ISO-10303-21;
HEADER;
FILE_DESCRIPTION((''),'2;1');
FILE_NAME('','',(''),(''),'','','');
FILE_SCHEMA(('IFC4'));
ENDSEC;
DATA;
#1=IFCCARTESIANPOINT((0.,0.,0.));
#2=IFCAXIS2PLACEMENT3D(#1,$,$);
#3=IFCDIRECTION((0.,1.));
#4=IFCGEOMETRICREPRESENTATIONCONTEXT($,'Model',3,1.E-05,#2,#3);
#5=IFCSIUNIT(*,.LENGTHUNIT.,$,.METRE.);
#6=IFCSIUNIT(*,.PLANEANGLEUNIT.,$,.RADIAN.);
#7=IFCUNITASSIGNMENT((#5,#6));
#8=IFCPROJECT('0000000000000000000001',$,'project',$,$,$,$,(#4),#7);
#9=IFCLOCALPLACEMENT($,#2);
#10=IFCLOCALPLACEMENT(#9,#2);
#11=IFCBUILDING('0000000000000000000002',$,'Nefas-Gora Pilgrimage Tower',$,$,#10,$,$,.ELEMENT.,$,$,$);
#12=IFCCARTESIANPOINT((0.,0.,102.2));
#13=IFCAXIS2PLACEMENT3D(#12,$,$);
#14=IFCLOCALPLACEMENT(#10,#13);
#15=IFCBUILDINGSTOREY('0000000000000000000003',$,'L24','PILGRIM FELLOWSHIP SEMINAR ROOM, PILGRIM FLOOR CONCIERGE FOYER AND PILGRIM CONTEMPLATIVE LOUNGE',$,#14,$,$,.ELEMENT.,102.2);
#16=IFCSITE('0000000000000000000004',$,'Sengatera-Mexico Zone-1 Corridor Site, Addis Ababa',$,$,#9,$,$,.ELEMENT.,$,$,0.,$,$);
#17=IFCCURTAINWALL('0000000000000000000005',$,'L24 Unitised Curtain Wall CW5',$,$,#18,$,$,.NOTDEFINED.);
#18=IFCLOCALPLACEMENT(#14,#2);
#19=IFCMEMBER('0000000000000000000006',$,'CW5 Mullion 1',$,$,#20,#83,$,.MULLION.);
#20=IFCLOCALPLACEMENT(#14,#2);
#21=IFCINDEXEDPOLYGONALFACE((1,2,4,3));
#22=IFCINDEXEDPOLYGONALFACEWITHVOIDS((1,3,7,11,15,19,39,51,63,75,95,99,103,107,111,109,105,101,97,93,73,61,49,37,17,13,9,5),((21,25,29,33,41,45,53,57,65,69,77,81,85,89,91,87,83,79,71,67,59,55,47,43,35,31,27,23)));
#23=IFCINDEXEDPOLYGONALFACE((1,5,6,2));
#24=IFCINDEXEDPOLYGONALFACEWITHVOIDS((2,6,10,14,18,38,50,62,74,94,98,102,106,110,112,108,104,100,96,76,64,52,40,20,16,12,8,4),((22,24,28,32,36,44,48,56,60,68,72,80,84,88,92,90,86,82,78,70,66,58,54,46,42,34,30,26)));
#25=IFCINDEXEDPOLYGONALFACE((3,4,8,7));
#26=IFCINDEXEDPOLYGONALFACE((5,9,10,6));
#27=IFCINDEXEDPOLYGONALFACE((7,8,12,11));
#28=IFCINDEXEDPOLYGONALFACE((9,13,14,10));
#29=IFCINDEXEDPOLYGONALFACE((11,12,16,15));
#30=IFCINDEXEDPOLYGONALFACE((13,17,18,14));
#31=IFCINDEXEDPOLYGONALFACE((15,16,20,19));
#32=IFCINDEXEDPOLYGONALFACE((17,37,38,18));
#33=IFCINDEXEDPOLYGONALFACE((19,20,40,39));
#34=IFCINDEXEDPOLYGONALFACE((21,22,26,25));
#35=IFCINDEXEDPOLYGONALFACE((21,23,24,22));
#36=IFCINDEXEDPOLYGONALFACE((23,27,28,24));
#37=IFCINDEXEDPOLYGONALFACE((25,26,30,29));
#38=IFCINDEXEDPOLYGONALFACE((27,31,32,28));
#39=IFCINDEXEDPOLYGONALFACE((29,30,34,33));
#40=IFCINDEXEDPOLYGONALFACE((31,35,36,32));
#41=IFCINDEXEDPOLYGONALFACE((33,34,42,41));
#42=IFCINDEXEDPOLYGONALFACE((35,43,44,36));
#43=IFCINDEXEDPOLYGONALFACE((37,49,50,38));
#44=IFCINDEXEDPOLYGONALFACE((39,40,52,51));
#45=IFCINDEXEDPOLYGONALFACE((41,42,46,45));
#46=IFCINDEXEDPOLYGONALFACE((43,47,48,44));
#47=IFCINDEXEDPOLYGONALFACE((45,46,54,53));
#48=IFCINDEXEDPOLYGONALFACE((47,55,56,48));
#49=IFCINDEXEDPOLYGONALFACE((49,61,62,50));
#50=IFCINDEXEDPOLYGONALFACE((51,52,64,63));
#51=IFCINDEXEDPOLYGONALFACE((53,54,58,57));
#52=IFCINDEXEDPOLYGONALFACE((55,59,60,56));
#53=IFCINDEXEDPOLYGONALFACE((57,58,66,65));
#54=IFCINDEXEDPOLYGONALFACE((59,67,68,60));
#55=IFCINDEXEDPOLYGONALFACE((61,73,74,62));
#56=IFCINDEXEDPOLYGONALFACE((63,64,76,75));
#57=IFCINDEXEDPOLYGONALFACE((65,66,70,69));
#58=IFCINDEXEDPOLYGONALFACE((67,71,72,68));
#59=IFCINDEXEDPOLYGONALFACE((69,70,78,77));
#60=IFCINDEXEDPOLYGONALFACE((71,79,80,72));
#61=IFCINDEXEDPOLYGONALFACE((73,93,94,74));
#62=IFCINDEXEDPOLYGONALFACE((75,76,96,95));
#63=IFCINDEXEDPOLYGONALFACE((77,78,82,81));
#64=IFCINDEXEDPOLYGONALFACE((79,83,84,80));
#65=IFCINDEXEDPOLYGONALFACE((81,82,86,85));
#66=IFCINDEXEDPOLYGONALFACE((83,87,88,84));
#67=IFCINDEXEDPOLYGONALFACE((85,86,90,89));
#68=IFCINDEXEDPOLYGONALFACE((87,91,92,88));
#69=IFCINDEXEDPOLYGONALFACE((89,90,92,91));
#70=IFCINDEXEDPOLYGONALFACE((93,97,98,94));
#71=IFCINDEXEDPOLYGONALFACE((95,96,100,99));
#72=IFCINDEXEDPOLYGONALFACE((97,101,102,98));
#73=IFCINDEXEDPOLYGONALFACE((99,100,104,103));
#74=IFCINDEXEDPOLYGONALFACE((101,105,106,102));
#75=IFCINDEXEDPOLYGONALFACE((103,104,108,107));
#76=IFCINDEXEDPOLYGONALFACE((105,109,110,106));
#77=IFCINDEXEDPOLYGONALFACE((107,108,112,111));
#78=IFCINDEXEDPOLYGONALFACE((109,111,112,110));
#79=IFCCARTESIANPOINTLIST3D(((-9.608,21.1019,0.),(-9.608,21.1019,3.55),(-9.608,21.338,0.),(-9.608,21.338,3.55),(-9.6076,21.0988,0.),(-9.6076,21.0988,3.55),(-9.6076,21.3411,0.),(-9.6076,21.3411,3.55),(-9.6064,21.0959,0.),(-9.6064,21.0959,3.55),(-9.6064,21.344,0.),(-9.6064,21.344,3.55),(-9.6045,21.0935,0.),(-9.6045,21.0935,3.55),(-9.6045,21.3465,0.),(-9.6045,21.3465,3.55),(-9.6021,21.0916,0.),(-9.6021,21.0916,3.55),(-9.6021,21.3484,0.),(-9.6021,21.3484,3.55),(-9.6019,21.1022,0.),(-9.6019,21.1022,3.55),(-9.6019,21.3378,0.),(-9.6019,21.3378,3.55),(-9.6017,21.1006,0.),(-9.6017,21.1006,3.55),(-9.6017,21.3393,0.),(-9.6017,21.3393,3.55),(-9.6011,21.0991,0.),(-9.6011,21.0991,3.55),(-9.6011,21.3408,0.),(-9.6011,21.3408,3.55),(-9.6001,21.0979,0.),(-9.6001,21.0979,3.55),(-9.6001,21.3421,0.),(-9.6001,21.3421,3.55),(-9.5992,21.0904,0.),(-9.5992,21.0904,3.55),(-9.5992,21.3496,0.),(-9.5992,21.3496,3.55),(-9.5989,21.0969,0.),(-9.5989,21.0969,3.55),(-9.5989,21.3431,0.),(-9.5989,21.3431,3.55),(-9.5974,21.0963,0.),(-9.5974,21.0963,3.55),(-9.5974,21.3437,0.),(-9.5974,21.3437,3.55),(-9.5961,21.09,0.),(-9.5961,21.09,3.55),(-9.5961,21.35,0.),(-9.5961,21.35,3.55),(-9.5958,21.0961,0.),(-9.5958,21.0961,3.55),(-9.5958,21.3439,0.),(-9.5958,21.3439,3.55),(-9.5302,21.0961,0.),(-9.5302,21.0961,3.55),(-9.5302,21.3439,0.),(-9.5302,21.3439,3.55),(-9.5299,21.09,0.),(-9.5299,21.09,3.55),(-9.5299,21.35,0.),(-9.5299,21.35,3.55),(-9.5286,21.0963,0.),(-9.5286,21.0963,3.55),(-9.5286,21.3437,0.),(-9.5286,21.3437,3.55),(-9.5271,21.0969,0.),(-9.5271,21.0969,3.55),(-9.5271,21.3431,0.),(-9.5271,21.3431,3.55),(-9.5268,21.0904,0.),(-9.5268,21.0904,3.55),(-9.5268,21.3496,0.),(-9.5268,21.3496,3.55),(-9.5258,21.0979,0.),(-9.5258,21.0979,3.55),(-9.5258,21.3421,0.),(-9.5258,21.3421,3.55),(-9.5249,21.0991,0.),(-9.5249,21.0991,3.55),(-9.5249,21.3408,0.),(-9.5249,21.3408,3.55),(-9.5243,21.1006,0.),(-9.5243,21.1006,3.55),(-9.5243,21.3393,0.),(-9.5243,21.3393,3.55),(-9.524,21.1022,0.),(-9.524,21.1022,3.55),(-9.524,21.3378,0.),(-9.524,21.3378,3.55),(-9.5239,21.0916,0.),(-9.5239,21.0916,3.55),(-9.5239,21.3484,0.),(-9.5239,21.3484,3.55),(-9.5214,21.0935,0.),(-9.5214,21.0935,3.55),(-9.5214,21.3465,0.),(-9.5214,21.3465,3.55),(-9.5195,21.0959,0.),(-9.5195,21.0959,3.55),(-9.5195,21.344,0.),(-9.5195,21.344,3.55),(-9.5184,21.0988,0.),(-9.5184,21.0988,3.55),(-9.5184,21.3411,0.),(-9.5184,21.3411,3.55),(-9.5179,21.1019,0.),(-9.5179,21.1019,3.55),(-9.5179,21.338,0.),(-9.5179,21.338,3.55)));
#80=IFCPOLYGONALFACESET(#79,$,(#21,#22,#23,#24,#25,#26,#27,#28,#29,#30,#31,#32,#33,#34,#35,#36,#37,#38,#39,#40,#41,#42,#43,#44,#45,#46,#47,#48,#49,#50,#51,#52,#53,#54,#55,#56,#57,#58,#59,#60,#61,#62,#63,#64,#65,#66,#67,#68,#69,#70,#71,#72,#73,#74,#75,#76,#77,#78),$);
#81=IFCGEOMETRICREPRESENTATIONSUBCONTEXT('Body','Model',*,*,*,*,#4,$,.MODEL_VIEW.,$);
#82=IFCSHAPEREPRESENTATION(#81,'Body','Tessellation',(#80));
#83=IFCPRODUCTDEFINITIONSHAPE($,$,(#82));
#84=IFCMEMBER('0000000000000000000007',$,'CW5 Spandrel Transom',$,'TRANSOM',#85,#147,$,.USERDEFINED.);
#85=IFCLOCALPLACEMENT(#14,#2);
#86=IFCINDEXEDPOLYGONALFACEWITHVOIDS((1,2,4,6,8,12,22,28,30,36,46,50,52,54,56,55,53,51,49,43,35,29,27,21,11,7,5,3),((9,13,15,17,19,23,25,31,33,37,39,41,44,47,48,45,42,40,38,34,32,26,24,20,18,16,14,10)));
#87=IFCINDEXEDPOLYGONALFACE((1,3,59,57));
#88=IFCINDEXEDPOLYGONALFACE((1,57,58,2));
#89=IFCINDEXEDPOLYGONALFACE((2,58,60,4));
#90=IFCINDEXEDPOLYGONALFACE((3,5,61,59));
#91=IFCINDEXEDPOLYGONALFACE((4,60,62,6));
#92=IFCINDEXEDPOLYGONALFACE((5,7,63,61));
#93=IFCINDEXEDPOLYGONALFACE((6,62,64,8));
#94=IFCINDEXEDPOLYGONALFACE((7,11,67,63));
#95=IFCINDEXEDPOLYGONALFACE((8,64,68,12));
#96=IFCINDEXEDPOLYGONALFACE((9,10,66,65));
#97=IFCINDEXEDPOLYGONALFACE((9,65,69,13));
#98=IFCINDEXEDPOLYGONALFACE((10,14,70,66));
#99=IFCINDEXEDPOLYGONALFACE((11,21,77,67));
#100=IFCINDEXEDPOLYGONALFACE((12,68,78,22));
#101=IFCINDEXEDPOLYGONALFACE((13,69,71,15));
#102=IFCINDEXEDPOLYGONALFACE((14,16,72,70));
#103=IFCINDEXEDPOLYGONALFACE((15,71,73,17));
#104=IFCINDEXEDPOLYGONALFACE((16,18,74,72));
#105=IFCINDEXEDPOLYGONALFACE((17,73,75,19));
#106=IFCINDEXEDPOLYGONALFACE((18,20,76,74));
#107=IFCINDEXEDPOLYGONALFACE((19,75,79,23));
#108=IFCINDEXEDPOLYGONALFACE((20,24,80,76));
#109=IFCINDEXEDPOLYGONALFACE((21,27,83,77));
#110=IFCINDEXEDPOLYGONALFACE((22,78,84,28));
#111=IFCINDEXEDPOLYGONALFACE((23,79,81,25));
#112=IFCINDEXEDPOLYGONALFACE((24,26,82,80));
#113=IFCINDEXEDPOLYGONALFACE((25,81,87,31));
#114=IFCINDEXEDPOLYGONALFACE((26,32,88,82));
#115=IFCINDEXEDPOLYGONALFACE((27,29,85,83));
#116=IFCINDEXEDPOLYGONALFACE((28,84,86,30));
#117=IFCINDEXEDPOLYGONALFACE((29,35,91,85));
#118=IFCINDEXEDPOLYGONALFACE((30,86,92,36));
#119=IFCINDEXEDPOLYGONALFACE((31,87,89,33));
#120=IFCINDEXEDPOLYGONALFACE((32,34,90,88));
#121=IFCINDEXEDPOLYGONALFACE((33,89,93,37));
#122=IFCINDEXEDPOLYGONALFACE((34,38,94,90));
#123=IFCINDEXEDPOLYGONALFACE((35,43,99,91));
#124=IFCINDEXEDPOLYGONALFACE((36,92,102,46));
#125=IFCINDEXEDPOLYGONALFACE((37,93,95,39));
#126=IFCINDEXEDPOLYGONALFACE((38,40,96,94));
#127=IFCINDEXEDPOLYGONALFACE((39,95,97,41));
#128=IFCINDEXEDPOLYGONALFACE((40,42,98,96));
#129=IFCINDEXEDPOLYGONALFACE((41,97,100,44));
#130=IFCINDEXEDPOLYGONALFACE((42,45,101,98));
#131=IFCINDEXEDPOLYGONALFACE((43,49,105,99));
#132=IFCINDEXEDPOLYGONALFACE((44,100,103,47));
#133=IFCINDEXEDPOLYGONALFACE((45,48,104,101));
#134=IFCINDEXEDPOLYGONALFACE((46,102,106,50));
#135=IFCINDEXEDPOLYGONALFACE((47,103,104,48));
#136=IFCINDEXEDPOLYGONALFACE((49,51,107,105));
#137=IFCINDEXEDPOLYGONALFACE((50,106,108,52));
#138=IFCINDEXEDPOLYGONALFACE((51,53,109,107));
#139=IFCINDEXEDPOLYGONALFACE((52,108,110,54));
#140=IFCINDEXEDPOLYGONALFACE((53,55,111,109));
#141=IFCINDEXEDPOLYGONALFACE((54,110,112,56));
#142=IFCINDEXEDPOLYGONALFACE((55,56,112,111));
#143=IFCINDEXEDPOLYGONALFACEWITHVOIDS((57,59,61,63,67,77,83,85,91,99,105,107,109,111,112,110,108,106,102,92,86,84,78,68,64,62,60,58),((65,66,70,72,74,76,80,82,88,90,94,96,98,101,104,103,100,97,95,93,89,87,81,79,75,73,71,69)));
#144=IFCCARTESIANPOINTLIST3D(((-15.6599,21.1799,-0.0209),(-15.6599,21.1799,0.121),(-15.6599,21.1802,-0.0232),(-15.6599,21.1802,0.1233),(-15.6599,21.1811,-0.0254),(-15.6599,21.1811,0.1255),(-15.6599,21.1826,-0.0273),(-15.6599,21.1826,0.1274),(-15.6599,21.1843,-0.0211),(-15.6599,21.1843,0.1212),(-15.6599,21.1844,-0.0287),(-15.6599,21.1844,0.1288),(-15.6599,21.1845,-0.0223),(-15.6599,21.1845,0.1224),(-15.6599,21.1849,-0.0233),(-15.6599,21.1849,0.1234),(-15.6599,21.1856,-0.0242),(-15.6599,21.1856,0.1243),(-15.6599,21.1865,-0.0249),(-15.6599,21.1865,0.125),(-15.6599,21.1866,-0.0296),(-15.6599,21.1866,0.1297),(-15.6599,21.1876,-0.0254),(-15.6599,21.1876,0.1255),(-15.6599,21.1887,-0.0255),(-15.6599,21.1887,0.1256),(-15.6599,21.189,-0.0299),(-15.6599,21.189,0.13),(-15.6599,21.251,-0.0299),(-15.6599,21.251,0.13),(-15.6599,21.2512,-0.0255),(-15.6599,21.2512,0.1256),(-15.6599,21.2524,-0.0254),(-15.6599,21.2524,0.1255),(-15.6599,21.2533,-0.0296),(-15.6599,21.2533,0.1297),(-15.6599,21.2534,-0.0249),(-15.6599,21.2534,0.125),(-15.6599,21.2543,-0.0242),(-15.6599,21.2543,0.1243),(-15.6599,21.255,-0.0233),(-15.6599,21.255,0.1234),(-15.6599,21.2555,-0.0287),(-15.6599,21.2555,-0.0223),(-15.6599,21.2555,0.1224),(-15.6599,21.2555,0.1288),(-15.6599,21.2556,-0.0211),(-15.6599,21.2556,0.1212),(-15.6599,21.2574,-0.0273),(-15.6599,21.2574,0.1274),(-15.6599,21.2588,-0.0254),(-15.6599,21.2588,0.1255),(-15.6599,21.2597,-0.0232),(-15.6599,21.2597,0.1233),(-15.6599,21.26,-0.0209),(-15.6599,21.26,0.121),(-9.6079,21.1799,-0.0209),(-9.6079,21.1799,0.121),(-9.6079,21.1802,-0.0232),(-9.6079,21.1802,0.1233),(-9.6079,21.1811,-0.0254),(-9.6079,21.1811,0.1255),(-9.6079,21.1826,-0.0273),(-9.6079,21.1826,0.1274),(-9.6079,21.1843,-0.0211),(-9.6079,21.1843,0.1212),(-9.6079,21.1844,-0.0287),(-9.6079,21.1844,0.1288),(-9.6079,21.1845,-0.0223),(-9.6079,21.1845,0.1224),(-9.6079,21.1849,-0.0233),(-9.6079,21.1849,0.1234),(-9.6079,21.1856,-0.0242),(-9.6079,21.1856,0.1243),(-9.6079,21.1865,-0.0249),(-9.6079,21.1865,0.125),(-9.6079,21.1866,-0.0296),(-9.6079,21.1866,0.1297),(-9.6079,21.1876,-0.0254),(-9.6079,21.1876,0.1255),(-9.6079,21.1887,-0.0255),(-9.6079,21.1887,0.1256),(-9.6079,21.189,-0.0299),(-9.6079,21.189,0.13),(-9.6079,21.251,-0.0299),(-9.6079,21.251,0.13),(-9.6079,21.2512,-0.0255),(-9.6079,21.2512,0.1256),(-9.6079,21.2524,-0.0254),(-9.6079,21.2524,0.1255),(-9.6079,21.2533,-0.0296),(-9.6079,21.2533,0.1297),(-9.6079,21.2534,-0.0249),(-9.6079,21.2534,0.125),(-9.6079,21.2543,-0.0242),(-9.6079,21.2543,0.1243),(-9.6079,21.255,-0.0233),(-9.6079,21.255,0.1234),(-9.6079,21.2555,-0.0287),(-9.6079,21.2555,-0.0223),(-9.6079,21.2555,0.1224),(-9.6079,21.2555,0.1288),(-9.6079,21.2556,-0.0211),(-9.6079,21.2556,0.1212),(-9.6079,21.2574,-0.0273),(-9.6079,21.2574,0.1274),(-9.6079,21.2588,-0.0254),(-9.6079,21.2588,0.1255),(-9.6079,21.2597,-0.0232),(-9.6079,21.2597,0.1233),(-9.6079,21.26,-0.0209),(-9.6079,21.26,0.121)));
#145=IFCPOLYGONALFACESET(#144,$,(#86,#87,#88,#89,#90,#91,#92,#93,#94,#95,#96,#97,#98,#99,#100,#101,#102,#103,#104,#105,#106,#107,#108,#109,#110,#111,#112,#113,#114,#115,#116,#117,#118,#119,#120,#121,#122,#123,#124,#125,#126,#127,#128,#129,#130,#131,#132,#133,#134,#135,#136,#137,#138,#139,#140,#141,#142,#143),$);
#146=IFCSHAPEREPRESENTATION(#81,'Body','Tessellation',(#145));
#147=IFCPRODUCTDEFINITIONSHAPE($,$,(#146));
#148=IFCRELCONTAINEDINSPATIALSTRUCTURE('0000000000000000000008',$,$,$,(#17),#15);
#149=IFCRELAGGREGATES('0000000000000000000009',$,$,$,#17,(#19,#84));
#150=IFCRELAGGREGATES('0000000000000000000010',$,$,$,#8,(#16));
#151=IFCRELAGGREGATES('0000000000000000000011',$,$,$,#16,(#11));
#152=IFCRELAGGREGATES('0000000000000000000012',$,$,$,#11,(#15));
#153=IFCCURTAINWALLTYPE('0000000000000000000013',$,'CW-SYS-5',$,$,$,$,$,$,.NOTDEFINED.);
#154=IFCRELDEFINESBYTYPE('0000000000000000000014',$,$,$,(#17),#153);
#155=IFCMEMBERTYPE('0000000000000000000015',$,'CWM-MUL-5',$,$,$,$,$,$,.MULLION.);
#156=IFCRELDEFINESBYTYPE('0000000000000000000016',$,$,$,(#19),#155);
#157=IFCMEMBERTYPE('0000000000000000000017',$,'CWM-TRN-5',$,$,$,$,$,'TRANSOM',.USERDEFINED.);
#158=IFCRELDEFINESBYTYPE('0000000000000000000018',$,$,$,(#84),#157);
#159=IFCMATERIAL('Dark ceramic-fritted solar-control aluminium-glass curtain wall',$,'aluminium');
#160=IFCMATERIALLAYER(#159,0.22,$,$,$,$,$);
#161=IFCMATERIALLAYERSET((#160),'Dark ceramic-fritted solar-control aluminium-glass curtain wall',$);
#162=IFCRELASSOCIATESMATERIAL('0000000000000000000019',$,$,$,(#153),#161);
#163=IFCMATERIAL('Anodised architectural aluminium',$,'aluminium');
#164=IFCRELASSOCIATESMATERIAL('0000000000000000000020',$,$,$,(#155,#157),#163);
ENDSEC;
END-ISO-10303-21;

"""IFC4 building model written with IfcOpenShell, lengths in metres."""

from ifc_helpers import new_model, si_unit, direction, frame, origin, origin_2d, place, context, subcontext, project, spatial, hollow_rectangle, extrude, source, transform, mapped, material, layer, layer_set, material_profile, profile_set, type_object, element, aggregate, save


model = new_model("IFC4")

# Units and contexts
model_context = context("Model", 3, precision=1e-05, world=origin(), true_north=direction((0.0, 1.0)))
body_context = subcontext(model_context, "Body", "Model", "MODEL_VIEW")
ifc_project = project(units=[si_unit("LENGTHUNIT", "METRE"), si_unit("PLANEANGLEUNIT", "RADIAN")], contexts=[model_context])

# Site, building, storey
site_placement = place(None, origin())
site = spatial("IfcSite", under=ifc_project, at=site_placement, Name="Sengatera-Mexico Zone-1 Corridor Site, Addis Ababa", CompositionType="ELEMENT", RefElevation=0.0)
building_placement = place(site_placement, origin())
building = spatial("IfcBuilding", under=site, at=building_placement, Name="Nefas-Gora Pilgrimage Tower", CompositionType="ELEMENT")
storey_placement = place(building_placement, frame((0.0, 0.0, 102.2)))
storey = spatial("IfcBuildingStorey", under=building, at=storey_placement, Name="L24", Description="PILGRIM FELLOWSHIP SEMINAR ROOM, PILGRIM FLOOR CONCIERGE FOYER AND PILGRIM CONTEMPLATIVE LOUNGE", CompositionType="ELEMENT", Elevation=102.2)

# Curtain wall, members
ifc_material_1 = material(Name="Dark ceramic-fritted solar-control aluminium-glass curtain wall", Category="aluminium")
ifc_layer_1 = layer(ifc_material_1, 0.22)
ifc_layer_set_1 = layer_set([ifc_layer_1], Name="Dark ceramic-fritted solar-control aluminium-glass curtain wall")
curtain_wall_type = type_object("IfcCurtainWallType", Name="CW-SYS-5", PredefinedType="NOTDEFINED", material=ifc_layer_set_1)
ifc_material_2 = material(Name="Anodised architectural aluminium", Category="aluminium")
ifc_material_profile_1 = material_profile(ifc_material_2, hollow_rectangle(XDim=0.0901, YDim=0.26, WallThickness=0.0061, InnerFilletRadius=0.0061, OuterFilletRadius=0.012, at=origin_2d()), Name="ALU MULLION 90x260")
ifc_profile_set_1 = profile_set([ifc_material_profile_1], Name="Anodised architectural aluminium")
member_type_1 = type_object("IfcMemberType", Name="CWM-MUL-5", PredefinedType="MULLION", material=ifc_profile_set_1)
shared_shape_1 = source(origin(), body_context, "Body", "SweptSolid", [
    extrude(hollow_rectangle(XDim=0.0901, YDim=0.26, WallThickness=0.0061, InnerFilletRadius=0.0061, OuterFilletRadius=0.012, at=origin_2d()), origin(), (0.0, 0.0, 1.0), 3.55),
])
curtain_wall_1_placement = place(storey_placement, origin())
curtain_wall_1 = element("IfcCurtainWall", 1, at=curtain_wall_1_placement, inside=storey, type_object=curtain_wall_type, Name="L24 Unitised Curtain Wall CW5", PredefinedType="NOTDEFINED")
member_1_placement = place(storey_placement, frame((-9.563, 21.22, 0.0), z_axis=(0.0, 0.0, 1.0), x_axis=(-1.0, 0.0, 0.0)))
member_1 = element("IfcMember", 2, at=member_1_placement, type_object=member_type_1, Name="CW5 Mullion 1", PredefinedType="MULLION", context=body_context, shape_type="MappedRepresentation", body=[
    mapped(shared_shape_1, transform((0.0, 0.0, 0.0), x_axis=(1.0, 0.0, 0.0), y_axis=(0.0, 1.0, 0.0), z_axis=(0.0, 0.0, 1.0), scale=1.0)),
])
ifc_material_profile_2 = material_profile(ifc_material_2, hollow_rectangle(XDim=0.0801, YDim=0.1599, WallThickness=0.0044, InnerFilletRadius=0.0044, OuterFilletRadius=0.009, at=origin_2d()), Name="ALU TRANSOM 80x160")
ifc_profile_set_2 = profile_set([ifc_material_profile_2], Name="Anodised architectural aluminium")
member_type_2 = type_object("IfcMemberType", Name="CWM-TRN-5", ElementType="TRANSOM", PredefinedType="USERDEFINED", material=ifc_profile_set_2)
shared_shape_2 = source(origin(), body_context, "Body", "SweptSolid", [
    extrude(hollow_rectangle(XDim=0.0801, YDim=0.1599, WallThickness=0.0044, InnerFilletRadius=0.0044, OuterFilletRadius=0.009, at=origin_2d()), origin(), (0.0, 0.0, 1.0), 6.052),
])
member_2_placement = place(storey_placement, frame((-9.6079, 21.22, 0.05), z_axis=(-1.0, 0.0, 0.0), x_axis=(0.0, -1.0, 0.0)))
member_2 = element("IfcMember", 3, at=member_2_placement, type_object=member_type_2, Name="CW5 Spandrel Transom", ObjectType="TRANSOM", PredefinedType="USERDEFINED", context=body_context, shape_type="MappedRepresentation", body=[
    mapped(shared_shape_2, transform((0.0, 0.0, 0.0), x_axis=(1.0, 0.0, 0.0), y_axis=(0.0, 1.0, 0.0), z_axis=(0.0, 0.0, 1.0), scale=1.0)),
])
aggregate(curtain_wall_1, [member_1, member_2])

save(model, "model.ifc")
